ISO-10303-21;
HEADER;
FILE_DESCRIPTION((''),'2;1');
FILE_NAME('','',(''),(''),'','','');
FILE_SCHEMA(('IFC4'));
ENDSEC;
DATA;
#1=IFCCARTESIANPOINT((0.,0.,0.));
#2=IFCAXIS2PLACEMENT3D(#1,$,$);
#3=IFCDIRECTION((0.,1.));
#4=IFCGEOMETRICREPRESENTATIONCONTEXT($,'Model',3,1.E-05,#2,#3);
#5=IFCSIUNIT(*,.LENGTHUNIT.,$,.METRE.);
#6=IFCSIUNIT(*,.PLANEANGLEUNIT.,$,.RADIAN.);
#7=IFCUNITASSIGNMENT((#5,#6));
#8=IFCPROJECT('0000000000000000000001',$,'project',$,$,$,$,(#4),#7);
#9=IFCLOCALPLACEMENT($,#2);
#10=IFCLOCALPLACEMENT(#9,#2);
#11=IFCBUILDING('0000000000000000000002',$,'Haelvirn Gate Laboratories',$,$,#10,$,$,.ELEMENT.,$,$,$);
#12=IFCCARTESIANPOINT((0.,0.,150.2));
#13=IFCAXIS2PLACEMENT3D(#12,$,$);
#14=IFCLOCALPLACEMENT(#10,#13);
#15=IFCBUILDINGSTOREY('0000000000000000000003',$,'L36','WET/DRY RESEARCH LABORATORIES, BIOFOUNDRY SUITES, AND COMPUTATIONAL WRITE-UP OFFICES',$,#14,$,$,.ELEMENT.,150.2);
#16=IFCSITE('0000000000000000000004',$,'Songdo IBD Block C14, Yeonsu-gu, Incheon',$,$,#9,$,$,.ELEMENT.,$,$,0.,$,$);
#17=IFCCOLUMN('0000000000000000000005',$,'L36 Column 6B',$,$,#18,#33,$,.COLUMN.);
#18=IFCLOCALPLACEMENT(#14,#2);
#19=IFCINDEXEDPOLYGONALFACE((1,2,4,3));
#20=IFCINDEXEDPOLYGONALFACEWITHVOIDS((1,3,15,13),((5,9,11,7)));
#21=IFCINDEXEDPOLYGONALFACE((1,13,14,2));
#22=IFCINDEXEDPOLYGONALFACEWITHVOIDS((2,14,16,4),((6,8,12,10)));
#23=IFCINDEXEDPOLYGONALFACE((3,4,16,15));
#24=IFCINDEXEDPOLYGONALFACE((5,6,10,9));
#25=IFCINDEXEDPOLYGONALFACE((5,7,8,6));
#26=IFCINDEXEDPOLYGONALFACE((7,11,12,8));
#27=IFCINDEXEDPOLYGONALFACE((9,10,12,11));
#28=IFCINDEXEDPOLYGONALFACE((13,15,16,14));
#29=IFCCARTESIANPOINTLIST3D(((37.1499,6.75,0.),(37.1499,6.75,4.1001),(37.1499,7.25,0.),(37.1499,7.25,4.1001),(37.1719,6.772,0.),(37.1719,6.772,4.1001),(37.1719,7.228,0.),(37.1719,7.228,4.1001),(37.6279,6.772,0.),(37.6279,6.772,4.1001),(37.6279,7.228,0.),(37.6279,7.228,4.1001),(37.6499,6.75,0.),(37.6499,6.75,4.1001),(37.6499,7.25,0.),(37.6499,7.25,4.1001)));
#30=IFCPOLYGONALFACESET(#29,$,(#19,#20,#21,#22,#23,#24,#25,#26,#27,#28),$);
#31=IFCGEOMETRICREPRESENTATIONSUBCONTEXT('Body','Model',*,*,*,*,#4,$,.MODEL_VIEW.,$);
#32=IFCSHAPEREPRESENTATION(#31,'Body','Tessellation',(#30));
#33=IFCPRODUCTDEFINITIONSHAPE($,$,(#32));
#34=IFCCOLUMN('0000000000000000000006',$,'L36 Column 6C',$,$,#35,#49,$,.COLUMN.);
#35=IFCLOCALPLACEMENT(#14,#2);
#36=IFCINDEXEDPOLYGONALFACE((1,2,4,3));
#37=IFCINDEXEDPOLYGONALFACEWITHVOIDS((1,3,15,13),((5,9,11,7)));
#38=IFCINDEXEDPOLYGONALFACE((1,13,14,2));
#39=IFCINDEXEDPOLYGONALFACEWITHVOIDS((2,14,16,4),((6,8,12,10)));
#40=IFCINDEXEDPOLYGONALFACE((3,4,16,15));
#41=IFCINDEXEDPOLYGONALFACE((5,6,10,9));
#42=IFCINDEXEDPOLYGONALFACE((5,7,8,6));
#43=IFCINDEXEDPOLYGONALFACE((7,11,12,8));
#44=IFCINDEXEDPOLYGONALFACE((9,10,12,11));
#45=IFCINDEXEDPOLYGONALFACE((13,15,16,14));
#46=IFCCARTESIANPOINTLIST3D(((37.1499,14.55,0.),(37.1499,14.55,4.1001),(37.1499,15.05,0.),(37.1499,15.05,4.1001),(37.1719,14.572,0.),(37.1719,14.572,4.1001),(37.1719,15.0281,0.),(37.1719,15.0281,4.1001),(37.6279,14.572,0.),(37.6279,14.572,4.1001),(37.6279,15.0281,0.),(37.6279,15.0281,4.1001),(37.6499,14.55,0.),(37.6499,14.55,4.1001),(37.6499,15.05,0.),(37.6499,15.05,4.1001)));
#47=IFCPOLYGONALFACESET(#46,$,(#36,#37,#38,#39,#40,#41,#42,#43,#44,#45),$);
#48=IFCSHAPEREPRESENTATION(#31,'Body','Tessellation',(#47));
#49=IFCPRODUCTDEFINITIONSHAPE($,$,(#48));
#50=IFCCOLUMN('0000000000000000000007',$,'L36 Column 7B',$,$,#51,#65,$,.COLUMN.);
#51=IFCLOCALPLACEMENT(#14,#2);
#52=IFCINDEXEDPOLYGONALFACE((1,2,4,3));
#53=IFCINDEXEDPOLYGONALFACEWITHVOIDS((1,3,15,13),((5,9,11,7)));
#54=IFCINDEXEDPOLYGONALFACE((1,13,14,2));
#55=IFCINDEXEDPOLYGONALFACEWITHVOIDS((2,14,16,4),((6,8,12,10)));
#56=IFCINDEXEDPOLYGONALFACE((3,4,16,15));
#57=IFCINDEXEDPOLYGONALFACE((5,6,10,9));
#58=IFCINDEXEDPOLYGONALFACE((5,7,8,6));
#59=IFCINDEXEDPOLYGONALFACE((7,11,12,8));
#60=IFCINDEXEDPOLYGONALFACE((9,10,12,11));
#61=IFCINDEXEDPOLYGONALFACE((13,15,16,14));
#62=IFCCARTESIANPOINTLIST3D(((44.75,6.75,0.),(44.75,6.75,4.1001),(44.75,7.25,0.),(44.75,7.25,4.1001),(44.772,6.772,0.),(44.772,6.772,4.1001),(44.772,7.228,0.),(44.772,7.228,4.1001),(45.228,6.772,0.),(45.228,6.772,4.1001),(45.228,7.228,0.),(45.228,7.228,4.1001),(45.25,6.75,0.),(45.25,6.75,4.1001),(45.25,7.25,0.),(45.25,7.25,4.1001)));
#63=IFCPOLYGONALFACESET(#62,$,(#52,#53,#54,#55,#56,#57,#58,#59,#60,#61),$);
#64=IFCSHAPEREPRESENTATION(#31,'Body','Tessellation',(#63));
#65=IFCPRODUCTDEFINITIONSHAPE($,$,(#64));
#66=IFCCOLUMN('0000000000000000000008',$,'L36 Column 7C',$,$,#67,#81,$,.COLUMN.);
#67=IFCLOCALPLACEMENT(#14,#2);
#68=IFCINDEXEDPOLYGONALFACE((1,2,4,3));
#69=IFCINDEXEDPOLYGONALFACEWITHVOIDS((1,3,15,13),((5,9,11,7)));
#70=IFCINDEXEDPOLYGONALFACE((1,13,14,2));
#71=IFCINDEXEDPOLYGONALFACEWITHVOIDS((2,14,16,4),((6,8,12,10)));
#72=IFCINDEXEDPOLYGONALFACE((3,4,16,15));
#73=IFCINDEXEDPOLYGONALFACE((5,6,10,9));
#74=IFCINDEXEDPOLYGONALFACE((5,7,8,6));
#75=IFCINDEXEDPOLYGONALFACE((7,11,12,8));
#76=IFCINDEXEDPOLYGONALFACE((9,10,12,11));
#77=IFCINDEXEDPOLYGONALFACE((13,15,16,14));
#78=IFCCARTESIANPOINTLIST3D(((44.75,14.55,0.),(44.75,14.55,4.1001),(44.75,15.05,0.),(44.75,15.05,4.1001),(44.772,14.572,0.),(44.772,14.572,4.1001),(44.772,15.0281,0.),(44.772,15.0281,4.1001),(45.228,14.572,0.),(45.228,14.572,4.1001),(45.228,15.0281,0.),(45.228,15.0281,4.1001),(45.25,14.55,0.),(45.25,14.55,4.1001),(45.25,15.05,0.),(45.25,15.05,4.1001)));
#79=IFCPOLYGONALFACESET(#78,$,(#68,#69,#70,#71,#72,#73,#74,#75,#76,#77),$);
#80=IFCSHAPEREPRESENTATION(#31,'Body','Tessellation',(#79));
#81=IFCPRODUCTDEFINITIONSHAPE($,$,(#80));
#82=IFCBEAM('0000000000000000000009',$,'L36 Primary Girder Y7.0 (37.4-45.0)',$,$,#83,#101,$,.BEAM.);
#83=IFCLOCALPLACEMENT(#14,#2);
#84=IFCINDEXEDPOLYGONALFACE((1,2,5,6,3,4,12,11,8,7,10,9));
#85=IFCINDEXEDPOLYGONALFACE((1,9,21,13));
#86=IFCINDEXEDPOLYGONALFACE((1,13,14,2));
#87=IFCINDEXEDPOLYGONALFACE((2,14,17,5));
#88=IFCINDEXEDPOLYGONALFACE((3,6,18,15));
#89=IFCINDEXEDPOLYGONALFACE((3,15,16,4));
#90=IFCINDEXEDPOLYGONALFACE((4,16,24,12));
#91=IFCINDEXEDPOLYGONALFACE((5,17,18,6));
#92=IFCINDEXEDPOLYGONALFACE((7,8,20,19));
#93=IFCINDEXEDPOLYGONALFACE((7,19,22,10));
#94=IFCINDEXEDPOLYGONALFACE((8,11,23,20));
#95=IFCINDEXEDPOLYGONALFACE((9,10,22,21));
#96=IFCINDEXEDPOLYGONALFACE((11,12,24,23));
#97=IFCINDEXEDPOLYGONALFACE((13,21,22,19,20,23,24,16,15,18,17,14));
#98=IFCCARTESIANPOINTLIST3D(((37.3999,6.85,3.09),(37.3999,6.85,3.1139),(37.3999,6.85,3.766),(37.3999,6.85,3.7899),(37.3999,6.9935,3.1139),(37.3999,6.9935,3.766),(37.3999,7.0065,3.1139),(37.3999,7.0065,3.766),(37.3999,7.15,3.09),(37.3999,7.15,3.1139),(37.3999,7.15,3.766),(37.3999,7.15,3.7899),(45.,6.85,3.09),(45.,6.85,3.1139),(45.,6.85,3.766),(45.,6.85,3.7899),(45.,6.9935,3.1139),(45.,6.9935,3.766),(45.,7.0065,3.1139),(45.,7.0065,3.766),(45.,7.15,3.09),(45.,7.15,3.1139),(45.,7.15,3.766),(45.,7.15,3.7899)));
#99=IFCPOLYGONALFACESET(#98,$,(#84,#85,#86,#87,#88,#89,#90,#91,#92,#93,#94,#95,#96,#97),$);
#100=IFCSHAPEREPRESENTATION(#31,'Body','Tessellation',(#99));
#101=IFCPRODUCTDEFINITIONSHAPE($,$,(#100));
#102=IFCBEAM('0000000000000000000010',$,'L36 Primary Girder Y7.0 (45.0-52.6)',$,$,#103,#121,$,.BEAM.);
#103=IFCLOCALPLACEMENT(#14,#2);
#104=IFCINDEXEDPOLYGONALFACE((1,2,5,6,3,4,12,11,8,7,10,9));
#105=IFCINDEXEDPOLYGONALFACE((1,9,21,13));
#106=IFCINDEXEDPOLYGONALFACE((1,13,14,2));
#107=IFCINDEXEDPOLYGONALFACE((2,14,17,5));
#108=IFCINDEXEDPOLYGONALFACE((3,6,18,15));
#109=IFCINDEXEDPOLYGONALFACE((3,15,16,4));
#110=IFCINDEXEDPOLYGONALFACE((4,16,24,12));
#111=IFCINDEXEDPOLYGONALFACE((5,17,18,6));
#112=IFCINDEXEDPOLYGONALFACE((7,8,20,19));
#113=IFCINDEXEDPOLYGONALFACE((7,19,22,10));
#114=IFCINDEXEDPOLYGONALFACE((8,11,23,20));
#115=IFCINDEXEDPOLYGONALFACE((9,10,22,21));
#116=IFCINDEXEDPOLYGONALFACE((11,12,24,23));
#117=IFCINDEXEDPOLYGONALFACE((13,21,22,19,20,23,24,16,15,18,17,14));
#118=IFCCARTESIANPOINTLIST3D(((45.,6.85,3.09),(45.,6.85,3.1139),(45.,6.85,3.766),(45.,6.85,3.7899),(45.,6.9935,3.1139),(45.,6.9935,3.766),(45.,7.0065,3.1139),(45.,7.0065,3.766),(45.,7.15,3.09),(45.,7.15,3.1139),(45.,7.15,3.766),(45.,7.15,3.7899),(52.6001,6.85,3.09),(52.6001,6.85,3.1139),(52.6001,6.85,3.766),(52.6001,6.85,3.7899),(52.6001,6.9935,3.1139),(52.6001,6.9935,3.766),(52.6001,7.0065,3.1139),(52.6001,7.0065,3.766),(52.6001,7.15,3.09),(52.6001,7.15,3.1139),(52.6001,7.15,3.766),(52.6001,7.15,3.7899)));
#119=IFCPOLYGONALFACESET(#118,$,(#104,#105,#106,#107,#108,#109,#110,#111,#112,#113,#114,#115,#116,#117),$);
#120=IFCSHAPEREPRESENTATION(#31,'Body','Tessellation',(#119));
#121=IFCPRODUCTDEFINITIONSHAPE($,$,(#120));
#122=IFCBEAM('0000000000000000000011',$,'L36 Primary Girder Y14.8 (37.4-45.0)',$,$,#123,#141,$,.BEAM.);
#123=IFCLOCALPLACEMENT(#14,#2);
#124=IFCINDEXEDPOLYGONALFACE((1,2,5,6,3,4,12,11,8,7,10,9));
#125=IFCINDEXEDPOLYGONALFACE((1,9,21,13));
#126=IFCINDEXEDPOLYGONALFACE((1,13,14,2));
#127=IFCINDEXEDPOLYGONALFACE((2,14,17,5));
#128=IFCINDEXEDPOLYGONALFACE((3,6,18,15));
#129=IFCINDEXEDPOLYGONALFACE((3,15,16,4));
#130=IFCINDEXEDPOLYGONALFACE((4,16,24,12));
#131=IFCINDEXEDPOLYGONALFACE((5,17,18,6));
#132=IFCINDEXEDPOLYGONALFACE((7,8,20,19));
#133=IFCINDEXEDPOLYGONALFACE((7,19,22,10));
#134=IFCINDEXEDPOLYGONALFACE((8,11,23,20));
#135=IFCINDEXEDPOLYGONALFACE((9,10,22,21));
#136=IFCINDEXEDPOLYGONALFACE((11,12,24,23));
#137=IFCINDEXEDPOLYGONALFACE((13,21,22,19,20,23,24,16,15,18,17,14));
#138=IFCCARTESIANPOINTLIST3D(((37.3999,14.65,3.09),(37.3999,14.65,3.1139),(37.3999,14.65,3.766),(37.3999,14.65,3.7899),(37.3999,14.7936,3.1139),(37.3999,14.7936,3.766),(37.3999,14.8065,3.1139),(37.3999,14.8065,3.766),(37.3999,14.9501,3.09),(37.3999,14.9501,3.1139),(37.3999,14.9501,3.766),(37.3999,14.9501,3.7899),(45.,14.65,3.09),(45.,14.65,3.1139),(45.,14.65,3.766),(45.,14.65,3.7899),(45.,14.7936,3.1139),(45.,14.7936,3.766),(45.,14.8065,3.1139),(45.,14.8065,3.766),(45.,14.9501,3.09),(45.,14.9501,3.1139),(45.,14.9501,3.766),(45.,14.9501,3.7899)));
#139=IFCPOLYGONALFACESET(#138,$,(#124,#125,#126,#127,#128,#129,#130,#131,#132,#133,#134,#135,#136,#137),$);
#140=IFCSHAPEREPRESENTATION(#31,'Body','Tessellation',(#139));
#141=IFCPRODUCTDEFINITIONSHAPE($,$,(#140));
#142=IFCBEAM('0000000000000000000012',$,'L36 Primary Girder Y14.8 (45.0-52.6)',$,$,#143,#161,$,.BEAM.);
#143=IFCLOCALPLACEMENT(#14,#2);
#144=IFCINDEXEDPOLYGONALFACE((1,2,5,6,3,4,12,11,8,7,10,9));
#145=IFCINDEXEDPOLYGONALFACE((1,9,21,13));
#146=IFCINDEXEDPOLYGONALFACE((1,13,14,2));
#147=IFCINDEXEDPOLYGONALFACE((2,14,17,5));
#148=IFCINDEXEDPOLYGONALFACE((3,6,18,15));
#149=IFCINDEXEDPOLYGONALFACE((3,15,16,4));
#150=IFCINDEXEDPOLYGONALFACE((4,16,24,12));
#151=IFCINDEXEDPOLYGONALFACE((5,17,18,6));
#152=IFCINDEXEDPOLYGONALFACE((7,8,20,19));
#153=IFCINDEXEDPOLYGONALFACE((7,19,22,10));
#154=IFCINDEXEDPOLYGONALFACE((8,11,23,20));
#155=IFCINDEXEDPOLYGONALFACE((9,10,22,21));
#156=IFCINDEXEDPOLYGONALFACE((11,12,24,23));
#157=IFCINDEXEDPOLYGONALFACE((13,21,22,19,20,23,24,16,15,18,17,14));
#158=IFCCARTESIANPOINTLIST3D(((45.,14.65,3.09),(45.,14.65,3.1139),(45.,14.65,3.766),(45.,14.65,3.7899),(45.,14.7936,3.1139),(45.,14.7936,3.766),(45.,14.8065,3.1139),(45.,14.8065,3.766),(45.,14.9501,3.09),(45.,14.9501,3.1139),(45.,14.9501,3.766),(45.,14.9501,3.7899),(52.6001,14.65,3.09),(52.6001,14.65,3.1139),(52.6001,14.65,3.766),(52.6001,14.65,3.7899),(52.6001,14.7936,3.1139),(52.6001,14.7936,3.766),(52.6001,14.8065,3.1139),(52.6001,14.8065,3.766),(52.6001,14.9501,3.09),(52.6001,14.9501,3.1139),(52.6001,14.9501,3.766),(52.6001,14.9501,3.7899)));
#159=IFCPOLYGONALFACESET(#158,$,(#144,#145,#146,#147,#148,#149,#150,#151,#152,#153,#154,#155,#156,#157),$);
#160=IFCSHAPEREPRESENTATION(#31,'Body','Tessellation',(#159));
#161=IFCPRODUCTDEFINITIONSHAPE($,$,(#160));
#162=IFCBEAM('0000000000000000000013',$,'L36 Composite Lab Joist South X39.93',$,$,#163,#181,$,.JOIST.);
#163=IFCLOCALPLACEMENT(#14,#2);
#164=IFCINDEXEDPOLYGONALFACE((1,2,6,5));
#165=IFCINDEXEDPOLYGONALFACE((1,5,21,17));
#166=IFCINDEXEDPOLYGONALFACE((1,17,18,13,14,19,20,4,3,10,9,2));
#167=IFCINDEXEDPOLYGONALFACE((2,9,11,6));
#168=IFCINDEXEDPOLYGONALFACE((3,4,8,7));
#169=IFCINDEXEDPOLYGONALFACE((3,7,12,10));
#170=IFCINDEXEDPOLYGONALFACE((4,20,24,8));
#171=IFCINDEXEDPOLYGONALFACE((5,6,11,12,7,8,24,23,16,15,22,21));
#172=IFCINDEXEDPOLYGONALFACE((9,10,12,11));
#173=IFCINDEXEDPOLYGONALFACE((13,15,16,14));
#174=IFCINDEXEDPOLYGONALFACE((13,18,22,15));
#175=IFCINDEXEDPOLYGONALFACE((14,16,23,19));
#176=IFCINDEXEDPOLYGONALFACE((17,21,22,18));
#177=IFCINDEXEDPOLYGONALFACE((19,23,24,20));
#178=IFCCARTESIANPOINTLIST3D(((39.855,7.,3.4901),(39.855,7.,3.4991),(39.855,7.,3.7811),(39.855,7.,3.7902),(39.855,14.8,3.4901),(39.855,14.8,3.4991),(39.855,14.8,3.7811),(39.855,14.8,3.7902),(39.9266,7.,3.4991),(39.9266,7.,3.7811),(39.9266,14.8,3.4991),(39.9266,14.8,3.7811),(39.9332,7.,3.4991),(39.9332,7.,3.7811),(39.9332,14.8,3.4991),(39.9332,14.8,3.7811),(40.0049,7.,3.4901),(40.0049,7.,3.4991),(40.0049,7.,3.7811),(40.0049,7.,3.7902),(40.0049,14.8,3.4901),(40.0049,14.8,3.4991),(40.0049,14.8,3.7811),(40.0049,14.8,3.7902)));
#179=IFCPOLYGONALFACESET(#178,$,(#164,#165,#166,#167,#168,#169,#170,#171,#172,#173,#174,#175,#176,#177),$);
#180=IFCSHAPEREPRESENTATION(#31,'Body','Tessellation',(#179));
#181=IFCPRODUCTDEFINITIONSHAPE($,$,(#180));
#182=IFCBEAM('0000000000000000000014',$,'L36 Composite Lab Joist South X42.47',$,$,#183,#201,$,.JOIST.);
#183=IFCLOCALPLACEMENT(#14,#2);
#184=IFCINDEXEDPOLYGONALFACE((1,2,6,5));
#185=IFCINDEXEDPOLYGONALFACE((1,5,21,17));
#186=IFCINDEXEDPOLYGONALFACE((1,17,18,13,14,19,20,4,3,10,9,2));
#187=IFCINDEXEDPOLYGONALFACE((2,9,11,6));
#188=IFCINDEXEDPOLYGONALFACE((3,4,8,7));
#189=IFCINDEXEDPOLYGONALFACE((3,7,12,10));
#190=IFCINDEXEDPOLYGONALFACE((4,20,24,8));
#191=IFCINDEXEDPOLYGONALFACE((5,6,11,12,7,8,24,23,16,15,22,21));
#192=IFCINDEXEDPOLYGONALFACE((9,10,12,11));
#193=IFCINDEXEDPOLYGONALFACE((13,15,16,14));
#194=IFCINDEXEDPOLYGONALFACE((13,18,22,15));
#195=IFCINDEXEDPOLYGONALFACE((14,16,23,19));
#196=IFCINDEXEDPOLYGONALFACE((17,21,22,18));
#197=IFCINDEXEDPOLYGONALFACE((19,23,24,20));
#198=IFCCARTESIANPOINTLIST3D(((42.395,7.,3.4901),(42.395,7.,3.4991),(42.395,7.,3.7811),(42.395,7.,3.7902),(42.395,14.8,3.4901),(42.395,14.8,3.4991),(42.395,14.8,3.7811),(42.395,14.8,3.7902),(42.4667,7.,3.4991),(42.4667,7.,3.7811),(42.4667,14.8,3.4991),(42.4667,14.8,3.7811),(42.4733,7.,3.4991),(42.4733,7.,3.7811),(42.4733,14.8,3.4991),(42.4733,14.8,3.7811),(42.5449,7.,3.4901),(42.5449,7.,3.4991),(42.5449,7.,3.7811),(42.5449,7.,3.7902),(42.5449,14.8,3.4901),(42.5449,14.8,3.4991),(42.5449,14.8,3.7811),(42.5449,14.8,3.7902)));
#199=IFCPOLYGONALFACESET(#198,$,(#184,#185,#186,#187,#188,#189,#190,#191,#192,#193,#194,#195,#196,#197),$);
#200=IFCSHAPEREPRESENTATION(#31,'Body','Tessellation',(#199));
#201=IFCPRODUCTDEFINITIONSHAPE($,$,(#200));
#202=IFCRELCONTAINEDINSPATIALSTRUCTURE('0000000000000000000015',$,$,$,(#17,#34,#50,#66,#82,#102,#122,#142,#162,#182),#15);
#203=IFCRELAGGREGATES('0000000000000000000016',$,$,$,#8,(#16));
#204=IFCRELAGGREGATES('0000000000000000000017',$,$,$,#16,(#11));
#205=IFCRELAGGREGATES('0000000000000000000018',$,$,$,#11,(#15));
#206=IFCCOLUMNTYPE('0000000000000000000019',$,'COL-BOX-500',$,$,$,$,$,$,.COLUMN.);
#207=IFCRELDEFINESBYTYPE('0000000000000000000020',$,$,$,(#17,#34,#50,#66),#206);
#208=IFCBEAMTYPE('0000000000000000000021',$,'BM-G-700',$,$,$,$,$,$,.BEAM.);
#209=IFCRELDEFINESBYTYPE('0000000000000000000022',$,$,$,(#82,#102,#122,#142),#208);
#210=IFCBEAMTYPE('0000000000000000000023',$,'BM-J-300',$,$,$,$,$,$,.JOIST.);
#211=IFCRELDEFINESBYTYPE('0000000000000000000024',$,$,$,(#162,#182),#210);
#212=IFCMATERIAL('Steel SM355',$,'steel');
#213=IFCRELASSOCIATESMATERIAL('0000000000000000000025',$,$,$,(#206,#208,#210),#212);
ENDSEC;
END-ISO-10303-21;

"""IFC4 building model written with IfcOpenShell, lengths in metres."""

from ifc_helpers import new_model, si_unit, direction, frame, origin, origin_2d, place, context, subcontext, project, spatial, hollow_rectangle, i_section, extrude, source, transform, mapped, material, material_profile, profile_set, type_object, type_shapes, element, save


model = new_model("IFC4")

# Units and contexts
model_context = context("Model", 3, precision=1e-05, world=origin(), true_north=direction((0.0, 1.0)))
body_context = subcontext(model_context, "Body", "Model", "MODEL_VIEW")
ifc_project = project(units=[si_unit("LENGTHUNIT", "METRE"), si_unit("PLANEANGLEUNIT", "RADIAN")], contexts=[model_context])

# Site, building, storey
site_placement = place(None, origin())
site = spatial("IfcSite", under=ifc_project, at=site_placement, Name="Songdo IBD Block C14, Yeonsu-gu, Incheon", CompositionType="ELEMENT", RefElevation=0.0)
building_placement = place(site_placement, origin())
building = spatial("IfcBuilding", under=site, at=building_placement, Name="Haelvirn Gate Laboratories", CompositionType="ELEMENT")
storey_placement = place(building_placement, frame((0.0, 0.0, 150.2)))
storey = spatial("IfcBuildingStorey", under=building, at=storey_placement, Name="L36", Description="WET/DRY RESEARCH LABORATORIES, BIOFOUNDRY SUITES, AND COMPUTATIONAL WRITE-UP OFFICES", CompositionType="ELEMENT", Elevation=150.2)

# Columns
ifc_material_1 = material(Name="Steel SM355", Category="steel")
ifc_material_profile_1 = material_profile(ifc_material_1, hollow_rectangle(XDim=0.5, YDim=0.5, WallThickness=0.022, at=origin_2d()), Name="BOX-500x500x22")
ifc_profile_set_1 = profile_set([ifc_material_profile_1], Name="Steel SM355")
column_type = type_object("IfcColumnType", Name="COL-BOX-500", PredefinedType="COLUMN", material=ifc_profile_set_1)
shared_shape_1 = source(origin(), body_context, "Body", "SweptSolid", [
    extrude(hollow_rectangle(XDim=0.5, YDim=0.5, WallThickness=0.022, at=origin_2d()), origin(), (0.0, 0.0, 1.0), 4.1001),
])
type_shapes(column_type, [shared_shape_1])
for number, where, z_axis, x_axis, name in (
    (1, (37.3999, 7.0, 0.0), (0.0, 0.0, 1.0), (1.0, 0.0, 0.0), "L36 Column 6B"),
    (2, (37.3999, 14.8, 0.0), (0.0, 0.0, 1.0), (1.0, 0.0, 0.0), "L36 Column 6C"),
    (3, (45.0, 7.0, 0.0), (0.0, 0.0, 1.0), (1.0, 0.0, 0.0), "L36 Column 7B"),
    (4, (45.0, 14.8, 0.0), (0.0, 0.0, 1.0), (1.0, 0.0, 0.0), "L36 Column 7C"),
):
    element("IfcColumn", number, at=place(storey_placement, frame(where, z_axis=z_axis, x_axis=x_axis)), inside=storey, type_object=column_type, Name=name, PredefinedType="COLUMN", context=body_context, shape_type="MappedRepresentation", body=[
        mapped(shared_shape_1, transform((0.0, 0.0, 0.0), scale=1.0)),
    ])

# Beams
ifc_material_profile_2 = material_profile(ifc_material_1, i_section(OverallWidth=0.3, OverallDepth=0.7, WebThickness=0.0129, FlangeThickness=0.0239, at=origin_2d()), Name="H-700x300x13x24")
ifc_profile_set_2 = profile_set([ifc_material_profile_2], Name="Steel SM355")
beam_type_1 = type_object("IfcBeamType", Name="BM-G-700", PredefinedType="BEAM", material=ifc_profile_set_2)
shared_shape_2 = source(origin(), body_context, "Body", "SweptSolid", [
    extrude(i_section(OverallWidth=0.3, OverallDepth=0.7, WebThickness=0.0129, FlangeThickness=0.0239, at=origin_2d()), origin(), (0.0, 0.0, 1.0), 7.6001),
])
type_shapes(beam_type_1, [shared_shape_2])
for number, where, z_axis, x_axis, name in (
    (5, (37.3999, 7.0, 3.4399), (1.0, 0.0, 0.0), (0.0, 1.0, 0.0), "L36 Primary Girder Y7.0 (37.4-45.0)"),
    (6, (45.0, 7.0, 3.4399), (1.0, 0.0, 0.0), (0.0, 1.0, 0.0), "L36 Primary Girder Y7.0 (45.0-52.6)"),
    (7, (37.3999, 14.8, 3.4399), (1.0, 0.0, 0.0), (0.0, 1.0, 0.0), "L36 Primary Girder Y14.8 (37.4-45.0)"),
    (8, (45.0, 14.8, 3.4399), (1.0, 0.0, 0.0), (0.0, 1.0, 0.0), "L36 Primary Girder Y14.8 (45.0-52.6)"),
):
    element("IfcBeam", number, at=place(storey_placement, frame(where, z_axis=z_axis, x_axis=x_axis)), inside=storey, type_object=beam_type_1, Name=name, PredefinedType="BEAM", context=body_context, shape_type="MappedRepresentation", body=[
        mapped(shared_shape_2, transform((0.0, 0.0, 0.0), scale=1.0)),
    ])
ifc_material_profile_3 = material_profile(ifc_material_1, i_section(OverallWidth=0.1499, OverallDepth=0.3, WebThickness=0.0066, FlangeThickness=0.009, at=origin_2d()), Name="H-300x150x6.5x9")
ifc_profile_set_3 = profile_set([ifc_material_profile_3], Name="Steel SM355")
beam_type_2 = type_object("IfcBeamType", Name="BM-J-300", PredefinedType="JOIST", material=ifc_profile_set_3)
shared_shape_3 = source(origin(), body_context, "Body", "SweptSolid", [
    extrude(i_section(OverallWidth=0.1499, OverallDepth=0.3, WebThickness=0.0066, FlangeThickness=0.009, at=origin_2d()), origin(), (0.0, 0.0, 1.0), 7.8),
])
type_shapes(beam_type_2, [shared_shape_3])
for number, where, z_axis, x_axis, name in (
    (9, (39.9299, 7.0, 3.6401), (0.0, 1.0, 0.0), (-1.0, 0.0, 0.0), "L36 Composite Lab Joist South X39.93"),
    (10, (42.47, 7.0, 3.6401), (0.0, 1.0, 0.0), (-1.0, 0.0, 0.0), "L36 Composite Lab Joist South X42.47"),
):
    element("IfcBeam", number, at=place(storey_placement, frame(where, z_axis=z_axis, x_axis=x_axis)), inside=storey, type_object=beam_type_2, Name=name, PredefinedType="JOIST", context=body_context, shape_type="MappedRepresentation", body=[
        mapped(shared_shape_3, transform((0.0, 0.0, 0.0), scale=1.0)),
    ])

save(model, "model.ifc")
